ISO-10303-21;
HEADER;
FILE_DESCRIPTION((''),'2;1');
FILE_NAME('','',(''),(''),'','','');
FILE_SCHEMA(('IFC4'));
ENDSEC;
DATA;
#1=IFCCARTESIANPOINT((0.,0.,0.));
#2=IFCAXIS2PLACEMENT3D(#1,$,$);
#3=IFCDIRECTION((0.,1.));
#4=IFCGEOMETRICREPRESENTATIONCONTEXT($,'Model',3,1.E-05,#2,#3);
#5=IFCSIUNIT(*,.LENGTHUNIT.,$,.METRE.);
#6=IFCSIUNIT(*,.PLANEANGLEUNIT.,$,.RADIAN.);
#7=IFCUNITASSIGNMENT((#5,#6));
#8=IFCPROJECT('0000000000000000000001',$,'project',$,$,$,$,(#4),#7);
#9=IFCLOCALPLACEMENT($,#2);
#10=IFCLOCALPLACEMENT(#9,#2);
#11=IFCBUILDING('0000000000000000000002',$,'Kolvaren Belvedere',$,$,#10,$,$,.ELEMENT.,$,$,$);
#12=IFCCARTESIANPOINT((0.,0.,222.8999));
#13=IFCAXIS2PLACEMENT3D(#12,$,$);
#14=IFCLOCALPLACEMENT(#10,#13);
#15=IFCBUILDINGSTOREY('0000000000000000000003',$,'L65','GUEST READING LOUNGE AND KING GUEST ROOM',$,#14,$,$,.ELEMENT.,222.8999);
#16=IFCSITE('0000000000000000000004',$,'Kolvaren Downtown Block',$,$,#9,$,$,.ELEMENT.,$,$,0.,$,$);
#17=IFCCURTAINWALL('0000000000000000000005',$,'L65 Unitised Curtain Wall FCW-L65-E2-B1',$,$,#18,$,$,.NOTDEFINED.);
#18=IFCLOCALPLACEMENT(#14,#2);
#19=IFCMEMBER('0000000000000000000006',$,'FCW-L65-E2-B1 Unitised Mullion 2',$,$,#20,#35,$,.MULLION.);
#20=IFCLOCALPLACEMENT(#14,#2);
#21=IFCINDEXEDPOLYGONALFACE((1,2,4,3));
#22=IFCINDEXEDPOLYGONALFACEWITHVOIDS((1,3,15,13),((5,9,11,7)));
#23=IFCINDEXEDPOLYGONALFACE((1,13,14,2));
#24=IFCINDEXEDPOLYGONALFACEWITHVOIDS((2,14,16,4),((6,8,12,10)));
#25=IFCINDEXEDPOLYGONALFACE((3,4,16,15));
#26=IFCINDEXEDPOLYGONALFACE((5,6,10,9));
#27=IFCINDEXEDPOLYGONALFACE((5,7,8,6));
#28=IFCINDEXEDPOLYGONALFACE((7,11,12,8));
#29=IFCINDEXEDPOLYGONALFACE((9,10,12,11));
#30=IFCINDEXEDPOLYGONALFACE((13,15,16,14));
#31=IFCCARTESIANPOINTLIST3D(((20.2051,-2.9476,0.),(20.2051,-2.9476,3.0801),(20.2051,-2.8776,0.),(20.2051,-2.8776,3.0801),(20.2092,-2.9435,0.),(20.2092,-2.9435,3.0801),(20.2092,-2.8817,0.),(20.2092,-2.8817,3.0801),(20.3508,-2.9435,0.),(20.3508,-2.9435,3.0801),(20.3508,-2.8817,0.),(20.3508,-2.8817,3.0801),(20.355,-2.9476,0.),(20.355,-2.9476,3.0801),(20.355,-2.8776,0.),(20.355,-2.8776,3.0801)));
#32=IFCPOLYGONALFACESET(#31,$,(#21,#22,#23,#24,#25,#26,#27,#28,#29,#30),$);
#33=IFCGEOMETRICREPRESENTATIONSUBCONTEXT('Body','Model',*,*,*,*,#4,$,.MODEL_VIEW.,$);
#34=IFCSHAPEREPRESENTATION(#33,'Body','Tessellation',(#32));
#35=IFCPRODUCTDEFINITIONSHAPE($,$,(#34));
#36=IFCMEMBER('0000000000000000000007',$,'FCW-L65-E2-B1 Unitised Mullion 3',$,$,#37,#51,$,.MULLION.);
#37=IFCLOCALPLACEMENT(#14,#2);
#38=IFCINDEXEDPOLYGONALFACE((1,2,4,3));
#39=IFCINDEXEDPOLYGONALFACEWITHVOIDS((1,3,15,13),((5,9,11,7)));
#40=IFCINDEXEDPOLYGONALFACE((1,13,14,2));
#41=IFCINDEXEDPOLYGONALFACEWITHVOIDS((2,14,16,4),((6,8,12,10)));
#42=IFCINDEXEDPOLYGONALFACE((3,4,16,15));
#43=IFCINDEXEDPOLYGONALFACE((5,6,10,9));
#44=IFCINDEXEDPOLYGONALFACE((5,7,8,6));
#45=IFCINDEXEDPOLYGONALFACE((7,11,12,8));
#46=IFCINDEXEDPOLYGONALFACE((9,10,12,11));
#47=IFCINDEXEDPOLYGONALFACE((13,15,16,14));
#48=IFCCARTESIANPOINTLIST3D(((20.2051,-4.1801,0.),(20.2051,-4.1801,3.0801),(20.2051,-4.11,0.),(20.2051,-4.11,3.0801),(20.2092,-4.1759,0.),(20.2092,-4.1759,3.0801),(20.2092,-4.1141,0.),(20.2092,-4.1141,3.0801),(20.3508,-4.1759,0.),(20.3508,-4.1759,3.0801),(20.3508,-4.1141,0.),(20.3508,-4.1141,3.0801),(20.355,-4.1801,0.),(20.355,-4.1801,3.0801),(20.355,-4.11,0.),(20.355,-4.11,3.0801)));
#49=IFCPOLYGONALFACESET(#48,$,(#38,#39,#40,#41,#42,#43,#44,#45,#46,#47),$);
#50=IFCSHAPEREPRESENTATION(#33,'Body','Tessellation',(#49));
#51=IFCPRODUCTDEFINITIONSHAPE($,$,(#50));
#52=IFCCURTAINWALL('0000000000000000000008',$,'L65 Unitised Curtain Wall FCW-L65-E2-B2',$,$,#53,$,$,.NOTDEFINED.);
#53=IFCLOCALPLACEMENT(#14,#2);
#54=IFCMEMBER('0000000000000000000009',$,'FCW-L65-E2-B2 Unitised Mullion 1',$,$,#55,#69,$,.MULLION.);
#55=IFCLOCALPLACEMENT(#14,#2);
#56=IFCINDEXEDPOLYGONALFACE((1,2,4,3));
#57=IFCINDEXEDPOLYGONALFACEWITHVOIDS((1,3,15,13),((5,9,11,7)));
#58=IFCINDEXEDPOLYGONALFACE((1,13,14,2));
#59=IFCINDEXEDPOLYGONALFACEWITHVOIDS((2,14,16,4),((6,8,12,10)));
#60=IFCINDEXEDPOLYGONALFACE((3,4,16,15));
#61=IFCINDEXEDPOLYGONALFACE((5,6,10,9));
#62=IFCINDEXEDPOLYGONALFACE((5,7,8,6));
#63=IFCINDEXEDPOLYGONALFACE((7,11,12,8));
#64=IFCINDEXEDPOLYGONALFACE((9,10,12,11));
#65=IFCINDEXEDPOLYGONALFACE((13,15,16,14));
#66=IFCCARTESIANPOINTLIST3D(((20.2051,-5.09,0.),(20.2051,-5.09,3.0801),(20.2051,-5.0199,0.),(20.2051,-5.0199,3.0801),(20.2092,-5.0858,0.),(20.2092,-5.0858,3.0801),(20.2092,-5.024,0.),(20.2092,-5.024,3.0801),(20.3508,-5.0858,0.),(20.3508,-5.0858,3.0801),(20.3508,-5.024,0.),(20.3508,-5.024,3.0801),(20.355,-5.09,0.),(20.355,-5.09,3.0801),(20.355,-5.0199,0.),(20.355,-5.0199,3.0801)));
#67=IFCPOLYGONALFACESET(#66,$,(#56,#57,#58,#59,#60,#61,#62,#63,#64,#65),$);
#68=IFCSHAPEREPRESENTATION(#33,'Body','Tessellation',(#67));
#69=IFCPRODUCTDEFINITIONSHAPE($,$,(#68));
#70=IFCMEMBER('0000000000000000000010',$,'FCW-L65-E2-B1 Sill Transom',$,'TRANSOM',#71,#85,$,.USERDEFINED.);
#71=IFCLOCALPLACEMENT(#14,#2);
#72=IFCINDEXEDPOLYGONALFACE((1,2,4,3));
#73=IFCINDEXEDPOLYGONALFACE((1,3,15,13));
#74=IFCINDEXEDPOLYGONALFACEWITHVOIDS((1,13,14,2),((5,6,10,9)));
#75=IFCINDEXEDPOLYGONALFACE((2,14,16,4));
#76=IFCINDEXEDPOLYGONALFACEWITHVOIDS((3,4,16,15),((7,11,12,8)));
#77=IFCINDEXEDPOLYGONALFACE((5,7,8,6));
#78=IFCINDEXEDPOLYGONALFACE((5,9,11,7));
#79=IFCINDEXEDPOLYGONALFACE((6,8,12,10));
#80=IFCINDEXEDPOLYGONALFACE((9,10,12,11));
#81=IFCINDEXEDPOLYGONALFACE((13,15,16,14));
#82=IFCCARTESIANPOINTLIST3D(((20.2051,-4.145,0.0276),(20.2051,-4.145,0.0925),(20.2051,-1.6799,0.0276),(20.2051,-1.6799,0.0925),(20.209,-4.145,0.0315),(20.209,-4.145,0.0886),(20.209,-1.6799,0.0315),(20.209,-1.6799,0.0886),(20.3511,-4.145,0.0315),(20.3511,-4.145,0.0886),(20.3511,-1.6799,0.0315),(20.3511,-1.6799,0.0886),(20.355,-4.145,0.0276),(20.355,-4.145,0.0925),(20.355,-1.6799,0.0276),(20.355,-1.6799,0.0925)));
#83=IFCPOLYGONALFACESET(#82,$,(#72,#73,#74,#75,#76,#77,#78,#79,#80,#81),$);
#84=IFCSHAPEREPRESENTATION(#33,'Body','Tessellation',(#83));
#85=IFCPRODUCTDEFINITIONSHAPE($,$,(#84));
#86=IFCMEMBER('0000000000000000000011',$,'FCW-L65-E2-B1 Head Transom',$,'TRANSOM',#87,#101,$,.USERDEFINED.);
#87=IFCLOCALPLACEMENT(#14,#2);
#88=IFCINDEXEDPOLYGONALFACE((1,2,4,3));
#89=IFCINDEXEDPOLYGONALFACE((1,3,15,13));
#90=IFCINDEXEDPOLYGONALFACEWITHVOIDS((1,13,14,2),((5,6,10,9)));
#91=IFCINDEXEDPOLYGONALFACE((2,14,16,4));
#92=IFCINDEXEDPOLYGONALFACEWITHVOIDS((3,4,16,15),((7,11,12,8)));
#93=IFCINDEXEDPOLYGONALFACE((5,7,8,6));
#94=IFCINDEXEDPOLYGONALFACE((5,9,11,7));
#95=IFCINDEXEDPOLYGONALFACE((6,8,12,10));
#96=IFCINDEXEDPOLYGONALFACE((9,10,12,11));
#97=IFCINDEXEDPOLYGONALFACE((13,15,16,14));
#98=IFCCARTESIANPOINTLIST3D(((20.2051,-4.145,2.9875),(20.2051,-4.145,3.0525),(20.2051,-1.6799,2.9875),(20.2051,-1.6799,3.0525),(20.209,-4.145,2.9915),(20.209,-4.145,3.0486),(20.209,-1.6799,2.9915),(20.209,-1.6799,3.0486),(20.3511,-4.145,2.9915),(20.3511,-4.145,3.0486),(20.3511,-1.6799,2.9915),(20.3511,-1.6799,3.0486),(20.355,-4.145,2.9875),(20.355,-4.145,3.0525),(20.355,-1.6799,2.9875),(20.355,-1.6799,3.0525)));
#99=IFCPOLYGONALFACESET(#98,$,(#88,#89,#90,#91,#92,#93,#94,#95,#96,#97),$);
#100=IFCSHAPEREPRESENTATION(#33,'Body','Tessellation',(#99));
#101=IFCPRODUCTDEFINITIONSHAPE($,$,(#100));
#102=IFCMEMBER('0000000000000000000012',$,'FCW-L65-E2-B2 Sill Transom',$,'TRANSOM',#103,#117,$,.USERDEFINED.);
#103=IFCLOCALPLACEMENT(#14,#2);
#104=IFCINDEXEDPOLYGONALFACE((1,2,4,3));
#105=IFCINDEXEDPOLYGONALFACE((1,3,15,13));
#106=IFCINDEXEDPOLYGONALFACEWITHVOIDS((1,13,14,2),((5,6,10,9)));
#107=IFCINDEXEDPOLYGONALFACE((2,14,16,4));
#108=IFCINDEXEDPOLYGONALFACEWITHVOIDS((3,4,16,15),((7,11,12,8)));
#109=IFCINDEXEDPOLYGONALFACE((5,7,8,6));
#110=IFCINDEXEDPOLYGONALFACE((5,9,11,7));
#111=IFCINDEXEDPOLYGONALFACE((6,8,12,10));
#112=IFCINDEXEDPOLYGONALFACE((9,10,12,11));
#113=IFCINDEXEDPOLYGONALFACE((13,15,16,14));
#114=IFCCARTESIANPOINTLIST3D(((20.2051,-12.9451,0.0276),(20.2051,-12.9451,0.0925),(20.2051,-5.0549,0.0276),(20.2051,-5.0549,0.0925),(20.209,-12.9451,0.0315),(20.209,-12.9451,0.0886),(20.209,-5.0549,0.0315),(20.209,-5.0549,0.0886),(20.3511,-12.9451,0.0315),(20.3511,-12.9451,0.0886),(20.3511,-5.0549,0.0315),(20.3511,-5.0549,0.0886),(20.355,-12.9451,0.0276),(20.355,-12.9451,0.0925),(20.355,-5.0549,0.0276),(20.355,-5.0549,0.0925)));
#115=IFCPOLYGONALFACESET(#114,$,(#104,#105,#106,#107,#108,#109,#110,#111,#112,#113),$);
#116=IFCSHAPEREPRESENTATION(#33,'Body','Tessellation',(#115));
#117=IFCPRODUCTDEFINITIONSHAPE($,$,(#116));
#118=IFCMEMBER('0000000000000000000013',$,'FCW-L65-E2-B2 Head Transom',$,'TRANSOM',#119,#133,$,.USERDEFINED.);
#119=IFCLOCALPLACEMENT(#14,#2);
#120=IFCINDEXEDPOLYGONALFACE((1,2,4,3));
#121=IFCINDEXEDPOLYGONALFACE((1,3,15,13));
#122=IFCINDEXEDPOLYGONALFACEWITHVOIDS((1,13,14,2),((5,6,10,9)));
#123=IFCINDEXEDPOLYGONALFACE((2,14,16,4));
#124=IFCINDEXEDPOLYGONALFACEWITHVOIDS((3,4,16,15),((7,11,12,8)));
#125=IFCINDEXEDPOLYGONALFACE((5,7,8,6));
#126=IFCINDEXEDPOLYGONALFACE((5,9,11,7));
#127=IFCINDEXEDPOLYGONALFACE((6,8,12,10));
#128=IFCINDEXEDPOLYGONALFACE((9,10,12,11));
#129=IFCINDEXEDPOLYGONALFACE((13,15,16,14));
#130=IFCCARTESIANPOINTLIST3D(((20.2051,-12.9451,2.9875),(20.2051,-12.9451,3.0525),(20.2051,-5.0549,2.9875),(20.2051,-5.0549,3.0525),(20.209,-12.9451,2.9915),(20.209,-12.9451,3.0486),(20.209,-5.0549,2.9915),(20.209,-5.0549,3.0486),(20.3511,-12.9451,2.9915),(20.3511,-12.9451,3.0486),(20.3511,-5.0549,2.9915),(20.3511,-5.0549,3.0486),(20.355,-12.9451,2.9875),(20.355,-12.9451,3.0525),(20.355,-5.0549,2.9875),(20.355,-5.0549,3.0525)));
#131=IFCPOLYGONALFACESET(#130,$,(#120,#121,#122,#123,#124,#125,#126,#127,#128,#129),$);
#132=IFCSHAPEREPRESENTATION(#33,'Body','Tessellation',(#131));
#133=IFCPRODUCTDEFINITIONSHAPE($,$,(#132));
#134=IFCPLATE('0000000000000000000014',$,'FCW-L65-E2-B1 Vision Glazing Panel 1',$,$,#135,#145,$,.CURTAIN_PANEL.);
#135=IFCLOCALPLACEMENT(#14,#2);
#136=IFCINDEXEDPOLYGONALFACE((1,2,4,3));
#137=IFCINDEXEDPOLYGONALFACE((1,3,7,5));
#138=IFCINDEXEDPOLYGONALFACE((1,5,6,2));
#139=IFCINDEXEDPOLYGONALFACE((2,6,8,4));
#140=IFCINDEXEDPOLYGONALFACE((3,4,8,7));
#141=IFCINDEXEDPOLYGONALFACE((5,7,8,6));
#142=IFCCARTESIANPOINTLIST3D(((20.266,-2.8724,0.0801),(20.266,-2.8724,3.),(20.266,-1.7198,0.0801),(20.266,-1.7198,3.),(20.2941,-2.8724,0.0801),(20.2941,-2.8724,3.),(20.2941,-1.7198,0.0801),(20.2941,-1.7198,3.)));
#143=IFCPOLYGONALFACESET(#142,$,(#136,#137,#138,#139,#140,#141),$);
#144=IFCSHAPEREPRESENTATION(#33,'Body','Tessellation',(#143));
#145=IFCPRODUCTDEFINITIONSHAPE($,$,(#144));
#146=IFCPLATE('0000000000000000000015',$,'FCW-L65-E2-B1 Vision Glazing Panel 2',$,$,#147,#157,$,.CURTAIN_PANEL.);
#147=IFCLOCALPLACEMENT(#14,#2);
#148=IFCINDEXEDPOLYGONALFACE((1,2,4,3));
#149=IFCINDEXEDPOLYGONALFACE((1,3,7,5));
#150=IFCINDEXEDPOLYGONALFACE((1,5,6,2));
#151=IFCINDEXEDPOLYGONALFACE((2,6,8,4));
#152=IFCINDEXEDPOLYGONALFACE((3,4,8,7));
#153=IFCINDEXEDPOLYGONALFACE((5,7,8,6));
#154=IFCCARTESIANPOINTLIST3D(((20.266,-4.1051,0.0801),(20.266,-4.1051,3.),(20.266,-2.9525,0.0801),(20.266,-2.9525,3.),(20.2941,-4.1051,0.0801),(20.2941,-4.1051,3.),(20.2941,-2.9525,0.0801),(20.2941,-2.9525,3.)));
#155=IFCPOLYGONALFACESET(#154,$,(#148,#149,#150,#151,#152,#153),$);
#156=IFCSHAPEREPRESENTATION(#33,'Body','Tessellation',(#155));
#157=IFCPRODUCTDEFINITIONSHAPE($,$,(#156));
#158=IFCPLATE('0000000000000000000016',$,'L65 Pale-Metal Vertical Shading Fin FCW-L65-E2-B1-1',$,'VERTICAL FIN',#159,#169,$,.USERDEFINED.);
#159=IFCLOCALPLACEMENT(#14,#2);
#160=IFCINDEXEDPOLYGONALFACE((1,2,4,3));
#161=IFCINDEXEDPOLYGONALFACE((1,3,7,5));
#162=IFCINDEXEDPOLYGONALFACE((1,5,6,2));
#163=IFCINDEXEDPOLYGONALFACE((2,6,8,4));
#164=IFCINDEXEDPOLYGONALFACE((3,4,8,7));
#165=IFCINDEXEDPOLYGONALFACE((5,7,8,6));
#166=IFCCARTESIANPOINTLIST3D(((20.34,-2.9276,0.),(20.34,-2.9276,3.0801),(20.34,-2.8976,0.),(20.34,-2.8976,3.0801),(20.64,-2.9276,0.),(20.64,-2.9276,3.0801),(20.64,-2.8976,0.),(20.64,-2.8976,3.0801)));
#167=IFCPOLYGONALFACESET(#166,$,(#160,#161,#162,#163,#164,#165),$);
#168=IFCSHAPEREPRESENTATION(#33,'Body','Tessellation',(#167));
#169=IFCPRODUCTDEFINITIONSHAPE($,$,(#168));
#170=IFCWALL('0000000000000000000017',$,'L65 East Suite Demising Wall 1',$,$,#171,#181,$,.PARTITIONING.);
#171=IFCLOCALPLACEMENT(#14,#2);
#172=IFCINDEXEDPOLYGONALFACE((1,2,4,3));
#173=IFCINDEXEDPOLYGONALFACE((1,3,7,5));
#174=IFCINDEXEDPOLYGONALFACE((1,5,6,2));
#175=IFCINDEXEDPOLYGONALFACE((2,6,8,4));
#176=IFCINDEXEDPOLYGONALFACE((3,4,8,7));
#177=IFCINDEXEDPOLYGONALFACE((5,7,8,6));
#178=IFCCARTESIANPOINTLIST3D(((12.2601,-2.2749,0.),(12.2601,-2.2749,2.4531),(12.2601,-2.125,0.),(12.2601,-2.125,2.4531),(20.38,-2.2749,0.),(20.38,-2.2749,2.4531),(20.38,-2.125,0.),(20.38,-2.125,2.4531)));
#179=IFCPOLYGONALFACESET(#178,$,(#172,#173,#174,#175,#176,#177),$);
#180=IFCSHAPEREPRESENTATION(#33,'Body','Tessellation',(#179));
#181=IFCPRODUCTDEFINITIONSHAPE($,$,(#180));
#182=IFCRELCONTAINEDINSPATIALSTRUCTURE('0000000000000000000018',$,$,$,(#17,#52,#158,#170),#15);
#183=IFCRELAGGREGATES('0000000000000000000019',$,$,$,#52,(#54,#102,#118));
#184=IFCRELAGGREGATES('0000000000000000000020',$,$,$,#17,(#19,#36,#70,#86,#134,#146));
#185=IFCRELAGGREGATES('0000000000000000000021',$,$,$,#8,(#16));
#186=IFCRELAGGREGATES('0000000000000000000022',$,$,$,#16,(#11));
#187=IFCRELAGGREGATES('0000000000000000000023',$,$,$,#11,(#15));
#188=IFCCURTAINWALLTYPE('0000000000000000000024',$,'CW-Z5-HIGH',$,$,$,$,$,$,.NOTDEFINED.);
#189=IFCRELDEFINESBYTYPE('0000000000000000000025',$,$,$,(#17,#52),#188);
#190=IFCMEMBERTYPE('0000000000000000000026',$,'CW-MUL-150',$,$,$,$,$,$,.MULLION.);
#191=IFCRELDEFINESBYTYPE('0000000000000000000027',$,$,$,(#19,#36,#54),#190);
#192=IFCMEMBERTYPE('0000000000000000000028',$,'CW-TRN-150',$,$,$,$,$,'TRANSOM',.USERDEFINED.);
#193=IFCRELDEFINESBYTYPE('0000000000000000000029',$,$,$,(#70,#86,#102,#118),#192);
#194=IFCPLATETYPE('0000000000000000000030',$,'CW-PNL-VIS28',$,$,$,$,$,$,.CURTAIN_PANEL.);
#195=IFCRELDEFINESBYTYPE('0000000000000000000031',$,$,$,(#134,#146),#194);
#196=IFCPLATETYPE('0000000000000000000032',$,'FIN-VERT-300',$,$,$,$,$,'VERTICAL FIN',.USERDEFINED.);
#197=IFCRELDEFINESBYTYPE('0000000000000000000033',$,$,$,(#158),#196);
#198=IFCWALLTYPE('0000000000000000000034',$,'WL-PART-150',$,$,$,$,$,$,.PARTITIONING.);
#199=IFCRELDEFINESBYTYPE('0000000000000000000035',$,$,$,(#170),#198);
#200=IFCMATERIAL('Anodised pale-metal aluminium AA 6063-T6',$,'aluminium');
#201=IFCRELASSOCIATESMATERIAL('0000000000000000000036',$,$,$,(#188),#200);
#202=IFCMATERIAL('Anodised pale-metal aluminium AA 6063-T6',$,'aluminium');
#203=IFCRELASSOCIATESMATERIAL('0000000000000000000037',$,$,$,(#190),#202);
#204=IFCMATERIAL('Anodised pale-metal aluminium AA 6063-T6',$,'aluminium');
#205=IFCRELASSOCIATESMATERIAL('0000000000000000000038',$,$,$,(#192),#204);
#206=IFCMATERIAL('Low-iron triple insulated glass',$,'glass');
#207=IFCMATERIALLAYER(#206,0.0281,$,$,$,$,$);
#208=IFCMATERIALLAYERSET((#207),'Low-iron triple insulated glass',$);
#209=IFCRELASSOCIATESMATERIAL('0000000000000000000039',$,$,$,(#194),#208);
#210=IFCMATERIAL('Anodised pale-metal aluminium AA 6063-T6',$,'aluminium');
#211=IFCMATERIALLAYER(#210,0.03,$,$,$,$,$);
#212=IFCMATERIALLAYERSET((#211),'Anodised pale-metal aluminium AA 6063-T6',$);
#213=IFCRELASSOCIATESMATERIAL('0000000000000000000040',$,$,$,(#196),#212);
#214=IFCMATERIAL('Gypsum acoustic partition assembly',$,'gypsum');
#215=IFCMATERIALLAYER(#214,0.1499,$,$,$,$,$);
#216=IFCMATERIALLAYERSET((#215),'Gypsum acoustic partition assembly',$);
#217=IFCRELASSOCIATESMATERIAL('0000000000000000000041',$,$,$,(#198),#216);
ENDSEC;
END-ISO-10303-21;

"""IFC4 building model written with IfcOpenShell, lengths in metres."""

from ifc_helpers import new_model, si_unit, direction, frame, frame_2d, origin, origin_2d, place, context, subcontext, project, spatial, rectangle, hollow_rectangle, extrude, material, layer, layer_set, material_profile, profile_set, type_object, element, aggregate, save


model = new_model("IFC4")

# Units and contexts
model_context = context("Model", 3, precision=1e-05, world=origin(), true_north=direction((0.0, 1.0)))
body_context = subcontext(model_context, "Body", "Model", "MODEL_VIEW")
ifc_project = project(units=[si_unit("LENGTHUNIT", "METRE"), si_unit("PLANEANGLEUNIT", "RADIAN")], contexts=[model_context])

# Site, building, storey
site_placement = place(None, origin())
site = spatial("IfcSite", under=ifc_project, at=site_placement, Name="Kolvaren Downtown Block", CompositionType="ELEMENT", RefElevation=0.0)
building_placement = place(site_placement, origin())
building = spatial("IfcBuilding", under=site, at=building_placement, Name="Kolvaren Belvedere", CompositionType="ELEMENT")
storey_placement = place(building_placement, frame((0.0, 0.0, 222.8999)))
storey = spatial("IfcBuildingStorey", under=building, at=storey_placement, Name="L65", Description="GUEST READING LOUNGE AND KING GUEST ROOM", CompositionType="ELEMENT", Elevation=222.8999)

# Curtain wall, members
ifc_material_1 = material(Name="Anodised pale-metal aluminium AA 6063-T6", Category="aluminium")
curtain_wall_type = type_object("IfcCurtainWallType", Name="CW-Z5-HIGH", PredefinedType="NOTDEFINED", material=ifc_material_1)
curtain_wall_1_placement = place(storey_placement, origin())
curtain_wall_1 = element("IfcCurtainWall", 1, at=curtain_wall_1_placement, inside=storey, type_object=curtain_wall_type, Name="L65 Unitised Curtain Wall FCW-L65-E2-B1", PredefinedType="NOTDEFINED")
ifc_material_2 = material(Name="Anodised pale-metal aluminium AA 6063-T6", Category="aluminium")
ifc_material_profile_1 = material_profile(ifc_material_2, hollow_rectangle(XDim=0.0701, YDim=0.1499, WallThickness=0.0042, at=origin_2d()), Name="ALU-MUL-150X70")
ifc_profile_set_1 = profile_set([ifc_material_profile_1], Name="Anodised pale-metal aluminium AA 6063-T6")
member_type_1 = type_object("IfcMemberType", Name="CW-MUL-150", PredefinedType="MULLION", material=ifc_profile_set_1)
member_1_placement = place(storey_placement, frame((20.28, -2.9126, 0.0), z_axis=(0.0, 0.0, 1.0), x_axis=(0.0, 1.0, 0.0)))
member_1 = element("IfcMember", 2, at=member_1_placement, type_object=member_type_1, Name="FCW-L65-E2-B1 Unitised Mullion 2", PredefinedType="MULLION", context=body_context, shape_type="SweptSolid", body=[
    extrude(hollow_rectangle(XDim=0.0701, YDim=0.1499, WallThickness=0.0042, at=origin_2d()), origin(), (0.0, 0.0, 1.0), 3.0801),
])
member_2_placement = place(storey_placement, frame((20.28, -4.145, 0.0), z_axis=(0.0, 0.0, 1.0), x_axis=(0.0, 1.0, 0.0)))
member_2 = element("IfcMember", 3, at=member_2_placement, type_object=member_type_1, Name="FCW-L65-E2-B1 Unitised Mullion 3", PredefinedType="MULLION", context=body_context, shape_type="SweptSolid", body=[
    extrude(hollow_rectangle(XDim=0.0701, YDim=0.1499, WallThickness=0.0042, at=origin_2d()), origin(), (0.0, 0.0, 1.0), 3.0801),
])

# Curtain wall, member
curtain_wall_2_placement = place(storey_placement, origin())
curtain_wall_2 = element("IfcCurtainWall", 4, at=curtain_wall_2_placement, inside=storey, type_object=curtain_wall_type, Name="L65 Unitised Curtain Wall FCW-L65-E2-B2", PredefinedType="NOTDEFINED")
member_3_placement = place(storey_placement, frame((20.28, -5.0549, 0.0), z_axis=(0.0, 0.0, 1.0), x_axis=(0.0, 1.0, 0.0)))
member_3 = element("IfcMember", 5, at=member_3_placement, type_object=member_type_1, Name="FCW-L65-E2-B2 Unitised Mullion 1", PredefinedType="MULLION", context=body_context, shape_type="SweptSolid", body=[
    extrude(hollow_rectangle(XDim=0.0701, YDim=0.1499, WallThickness=0.0042, at=origin_2d()), origin(), (0.0, 0.0, 1.0), 3.0801),
])

# Members
ifc_material_3 = material(Name="Anodised pale-metal aluminium AA 6063-T6", Category="aluminium")
ifc_material_profile_2 = material_profile(ifc_material_3, hollow_rectangle(XDim=0.0649, YDim=0.1499, WallThickness=0.0039, at=origin_2d()), Name="ALU-TRN-150X65")
ifc_profile_set_2 = profile_set([ifc_material_profile_2], Name="Anodised pale-metal aluminium AA 6063-T6")
member_type_2 = type_object("IfcMemberType", Name="CW-TRN-150", ElementType="TRANSOM", PredefinedType="USERDEFINED", material=ifc_profile_set_2)
member_4_placement = place(storey_placement, frame((20.28, -1.6799, 0.0601), z_axis=(0.0, -1.0, 0.0), x_axis=(0.0, 0.0, 1.0)))
member_4 = element("IfcMember", 6, at=member_4_placement, type_object=member_type_2, Name="FCW-L65-E2-B1 Sill Transom", ObjectType="TRANSOM", PredefinedType="USERDEFINED", context=body_context, shape_type="SweptSolid", body=[
    extrude(hollow_rectangle(XDim=0.0649, YDim=0.1499, WallThickness=0.0039, at=origin_2d()), origin(), (0.0, 0.0, 1.0), 2.4651),
])
member_5_placement = place(storey_placement, frame((20.28, -1.6799, 3.02), z_axis=(0.0, -1.0, 0.0), x_axis=(0.0, 0.0, 1.0)))
member_5 = element("IfcMember", 7, at=member_5_placement, type_object=member_type_2, Name="FCW-L65-E2-B1 Head Transom", ObjectType="TRANSOM", PredefinedType="USERDEFINED", context=body_context, shape_type="SweptSolid", body=[
    extrude(hollow_rectangle(XDim=0.0649, YDim=0.1499, WallThickness=0.0039, at=origin_2d()), origin(), (0.0, 0.0, 1.0), 2.4651),
])
member_6_placement = place(storey_placement, frame((20.28, -5.0549, 0.0601), z_axis=(0.0, -1.0, 0.0), x_axis=(0.0, 0.0, 1.0)))
member_6 = element("IfcMember", 8, at=member_6_placement, type_object=member_type_2, Name="FCW-L65-E2-B2 Sill Transom", ObjectType="TRANSOM", PredefinedType="USERDEFINED", context=body_context, shape_type="SweptSolid", body=[
    extrude(hollow_rectangle(XDim=0.0649, YDim=0.1499, WallThickness=0.0039, at=origin_2d()), origin(), (0.0, 0.0, 1.0), 7.8901),
])
member_7_placement = place(storey_placement, frame((20.28, -5.0549, 3.02), z_axis=(0.0, -1.0, 0.0), x_axis=(0.0, 0.0, 1.0)))
member_7 = element("IfcMember", 9, at=member_7_placement, type_object=member_type_2, Name="FCW-L65-E2-B2 Head Transom", ObjectType="TRANSOM", PredefinedType="USERDEFINED", context=body_context, shape_type="SweptSolid", body=[
    extrude(hollow_rectangle(XDim=0.0649, YDim=0.1499, WallThickness=0.0039, at=origin_2d()), origin(), (0.0, 0.0, 1.0), 7.8901),
])
aggregate(curtain_wall_2, [member_3, member_6, member_7])

# Plates
ifc_material_4 = material(Name="Low-iron triple insulated glass", Category="glass")
ifc_layer_1 = layer(ifc_material_4, 0.0281)
ifc_layer_set_1 = layer_set([ifc_layer_1], Name="Low-iron triple insulated glass")
plate_type_1 = type_object("IfcPlateType", Name="CW-PNL-VIS28", PredefinedType="CURTAIN_PANEL", material=ifc_layer_set_1)
plate_1_placement = place(storey_placement, frame((20.28, -2.2961, 0.0801), z_axis=(0.0, 0.0, 1.0), x_axis=(0.0, -1.0, 0.0)))
plate_1 = element("IfcPlate", 10, at=plate_1_placement, type_object=plate_type_1, Name="FCW-L65-E2-B1 Vision Glazing Panel 1", PredefinedType="CURTAIN_PANEL", context=body_context, shape_type="SweptSolid", body=[
    extrude(rectangle(XDim=1.1526, YDim=0.0281, at=origin_2d()), origin(), (0.0, 0.0, 1.0), 2.9199),
])
plate_2_placement = place(storey_placement, frame((20.28, -3.5288, 0.0801), z_axis=(0.0, 0.0, 1.0), x_axis=(0.0, -1.0, 0.0)))
plate_2 = element("IfcPlate", 11, at=plate_2_placement, type_object=plate_type_1, Name="FCW-L65-E2-B1 Vision Glazing Panel 2", PredefinedType="CURTAIN_PANEL", context=body_context, shape_type="SweptSolid", body=[
    extrude(rectangle(XDim=1.1526, YDim=0.0281, at=origin_2d()), origin(), (0.0, 0.0, 1.0), 2.9199),
])
aggregate(curtain_wall_1, [member_1, member_2, member_4, member_5, plate_1, plate_2])
ifc_material_5 = material(Name="Anodised pale-metal aluminium AA 6063-T6", Category="aluminium")
ifc_layer_2 = layer(ifc_material_5, 0.03)
ifc_layer_set_2 = layer_set([ifc_layer_2], Name="Anodised pale-metal aluminium AA 6063-T6")
plate_type_2 = type_object("IfcPlateType", Name="FIN-VERT-300", ElementType="VERTICAL FIN", PredefinedType="USERDEFINED", material=ifc_layer_set_2)
plate_3_placement = place(storey_placement, frame((20.49, -2.9126, 0.0), z_axis=(0.0, 0.0, 1.0), x_axis=(1.0, 0.0, 0.0)))
element("IfcPlate", 12, at=plate_3_placement, inside=storey, type_object=plate_type_2, Name="L65 Pale-Metal Vertical Shading Fin FCW-L65-E2-B1-1", ObjectType="VERTICAL FIN", PredefinedType="USERDEFINED", context=body_context, shape_type="SweptSolid", body=[
    extrude(rectangle(XDim=0.3, YDim=0.03, at=origin_2d()), origin(), (0.0, 0.0, 1.0), 3.0801),
])

# Wall
ifc_material_6 = material(Name="Gypsum acoustic partition assembly", Category="gypsum")
ifc_layer_3 = layer(ifc_material_6, 0.1499)
ifc_layer_set_3 = layer_set([ifc_layer_3], Name="Gypsum acoustic partition assembly")
wall_type_1 = type_object("IfcWallType", Name="WL-PART-150", PredefinedType="PARTITIONING", material=ifc_layer_set_3)
wall_1_placement = place(storey_placement, frame((12.26, -2.2, 0.0), z_axis=(0.0, 0.0, 1.0), x_axis=(1.0, 0.0, 0.0)))
element("IfcWall", 13, at=wall_1_placement, inside=storey, type_object=wall_type_1, Name="L65 East Suite Demising Wall 1", PredefinedType="PARTITIONING", context=body_context, shape_type="SweptSolid", body=[
    extrude(rectangle(XDim=8.1199, YDim=0.1499, at=frame_2d((4.0601, 0.0))), origin(), (0.0, 0.0, 1.0), 2.4531),
])

save(model, "model.ifc")
